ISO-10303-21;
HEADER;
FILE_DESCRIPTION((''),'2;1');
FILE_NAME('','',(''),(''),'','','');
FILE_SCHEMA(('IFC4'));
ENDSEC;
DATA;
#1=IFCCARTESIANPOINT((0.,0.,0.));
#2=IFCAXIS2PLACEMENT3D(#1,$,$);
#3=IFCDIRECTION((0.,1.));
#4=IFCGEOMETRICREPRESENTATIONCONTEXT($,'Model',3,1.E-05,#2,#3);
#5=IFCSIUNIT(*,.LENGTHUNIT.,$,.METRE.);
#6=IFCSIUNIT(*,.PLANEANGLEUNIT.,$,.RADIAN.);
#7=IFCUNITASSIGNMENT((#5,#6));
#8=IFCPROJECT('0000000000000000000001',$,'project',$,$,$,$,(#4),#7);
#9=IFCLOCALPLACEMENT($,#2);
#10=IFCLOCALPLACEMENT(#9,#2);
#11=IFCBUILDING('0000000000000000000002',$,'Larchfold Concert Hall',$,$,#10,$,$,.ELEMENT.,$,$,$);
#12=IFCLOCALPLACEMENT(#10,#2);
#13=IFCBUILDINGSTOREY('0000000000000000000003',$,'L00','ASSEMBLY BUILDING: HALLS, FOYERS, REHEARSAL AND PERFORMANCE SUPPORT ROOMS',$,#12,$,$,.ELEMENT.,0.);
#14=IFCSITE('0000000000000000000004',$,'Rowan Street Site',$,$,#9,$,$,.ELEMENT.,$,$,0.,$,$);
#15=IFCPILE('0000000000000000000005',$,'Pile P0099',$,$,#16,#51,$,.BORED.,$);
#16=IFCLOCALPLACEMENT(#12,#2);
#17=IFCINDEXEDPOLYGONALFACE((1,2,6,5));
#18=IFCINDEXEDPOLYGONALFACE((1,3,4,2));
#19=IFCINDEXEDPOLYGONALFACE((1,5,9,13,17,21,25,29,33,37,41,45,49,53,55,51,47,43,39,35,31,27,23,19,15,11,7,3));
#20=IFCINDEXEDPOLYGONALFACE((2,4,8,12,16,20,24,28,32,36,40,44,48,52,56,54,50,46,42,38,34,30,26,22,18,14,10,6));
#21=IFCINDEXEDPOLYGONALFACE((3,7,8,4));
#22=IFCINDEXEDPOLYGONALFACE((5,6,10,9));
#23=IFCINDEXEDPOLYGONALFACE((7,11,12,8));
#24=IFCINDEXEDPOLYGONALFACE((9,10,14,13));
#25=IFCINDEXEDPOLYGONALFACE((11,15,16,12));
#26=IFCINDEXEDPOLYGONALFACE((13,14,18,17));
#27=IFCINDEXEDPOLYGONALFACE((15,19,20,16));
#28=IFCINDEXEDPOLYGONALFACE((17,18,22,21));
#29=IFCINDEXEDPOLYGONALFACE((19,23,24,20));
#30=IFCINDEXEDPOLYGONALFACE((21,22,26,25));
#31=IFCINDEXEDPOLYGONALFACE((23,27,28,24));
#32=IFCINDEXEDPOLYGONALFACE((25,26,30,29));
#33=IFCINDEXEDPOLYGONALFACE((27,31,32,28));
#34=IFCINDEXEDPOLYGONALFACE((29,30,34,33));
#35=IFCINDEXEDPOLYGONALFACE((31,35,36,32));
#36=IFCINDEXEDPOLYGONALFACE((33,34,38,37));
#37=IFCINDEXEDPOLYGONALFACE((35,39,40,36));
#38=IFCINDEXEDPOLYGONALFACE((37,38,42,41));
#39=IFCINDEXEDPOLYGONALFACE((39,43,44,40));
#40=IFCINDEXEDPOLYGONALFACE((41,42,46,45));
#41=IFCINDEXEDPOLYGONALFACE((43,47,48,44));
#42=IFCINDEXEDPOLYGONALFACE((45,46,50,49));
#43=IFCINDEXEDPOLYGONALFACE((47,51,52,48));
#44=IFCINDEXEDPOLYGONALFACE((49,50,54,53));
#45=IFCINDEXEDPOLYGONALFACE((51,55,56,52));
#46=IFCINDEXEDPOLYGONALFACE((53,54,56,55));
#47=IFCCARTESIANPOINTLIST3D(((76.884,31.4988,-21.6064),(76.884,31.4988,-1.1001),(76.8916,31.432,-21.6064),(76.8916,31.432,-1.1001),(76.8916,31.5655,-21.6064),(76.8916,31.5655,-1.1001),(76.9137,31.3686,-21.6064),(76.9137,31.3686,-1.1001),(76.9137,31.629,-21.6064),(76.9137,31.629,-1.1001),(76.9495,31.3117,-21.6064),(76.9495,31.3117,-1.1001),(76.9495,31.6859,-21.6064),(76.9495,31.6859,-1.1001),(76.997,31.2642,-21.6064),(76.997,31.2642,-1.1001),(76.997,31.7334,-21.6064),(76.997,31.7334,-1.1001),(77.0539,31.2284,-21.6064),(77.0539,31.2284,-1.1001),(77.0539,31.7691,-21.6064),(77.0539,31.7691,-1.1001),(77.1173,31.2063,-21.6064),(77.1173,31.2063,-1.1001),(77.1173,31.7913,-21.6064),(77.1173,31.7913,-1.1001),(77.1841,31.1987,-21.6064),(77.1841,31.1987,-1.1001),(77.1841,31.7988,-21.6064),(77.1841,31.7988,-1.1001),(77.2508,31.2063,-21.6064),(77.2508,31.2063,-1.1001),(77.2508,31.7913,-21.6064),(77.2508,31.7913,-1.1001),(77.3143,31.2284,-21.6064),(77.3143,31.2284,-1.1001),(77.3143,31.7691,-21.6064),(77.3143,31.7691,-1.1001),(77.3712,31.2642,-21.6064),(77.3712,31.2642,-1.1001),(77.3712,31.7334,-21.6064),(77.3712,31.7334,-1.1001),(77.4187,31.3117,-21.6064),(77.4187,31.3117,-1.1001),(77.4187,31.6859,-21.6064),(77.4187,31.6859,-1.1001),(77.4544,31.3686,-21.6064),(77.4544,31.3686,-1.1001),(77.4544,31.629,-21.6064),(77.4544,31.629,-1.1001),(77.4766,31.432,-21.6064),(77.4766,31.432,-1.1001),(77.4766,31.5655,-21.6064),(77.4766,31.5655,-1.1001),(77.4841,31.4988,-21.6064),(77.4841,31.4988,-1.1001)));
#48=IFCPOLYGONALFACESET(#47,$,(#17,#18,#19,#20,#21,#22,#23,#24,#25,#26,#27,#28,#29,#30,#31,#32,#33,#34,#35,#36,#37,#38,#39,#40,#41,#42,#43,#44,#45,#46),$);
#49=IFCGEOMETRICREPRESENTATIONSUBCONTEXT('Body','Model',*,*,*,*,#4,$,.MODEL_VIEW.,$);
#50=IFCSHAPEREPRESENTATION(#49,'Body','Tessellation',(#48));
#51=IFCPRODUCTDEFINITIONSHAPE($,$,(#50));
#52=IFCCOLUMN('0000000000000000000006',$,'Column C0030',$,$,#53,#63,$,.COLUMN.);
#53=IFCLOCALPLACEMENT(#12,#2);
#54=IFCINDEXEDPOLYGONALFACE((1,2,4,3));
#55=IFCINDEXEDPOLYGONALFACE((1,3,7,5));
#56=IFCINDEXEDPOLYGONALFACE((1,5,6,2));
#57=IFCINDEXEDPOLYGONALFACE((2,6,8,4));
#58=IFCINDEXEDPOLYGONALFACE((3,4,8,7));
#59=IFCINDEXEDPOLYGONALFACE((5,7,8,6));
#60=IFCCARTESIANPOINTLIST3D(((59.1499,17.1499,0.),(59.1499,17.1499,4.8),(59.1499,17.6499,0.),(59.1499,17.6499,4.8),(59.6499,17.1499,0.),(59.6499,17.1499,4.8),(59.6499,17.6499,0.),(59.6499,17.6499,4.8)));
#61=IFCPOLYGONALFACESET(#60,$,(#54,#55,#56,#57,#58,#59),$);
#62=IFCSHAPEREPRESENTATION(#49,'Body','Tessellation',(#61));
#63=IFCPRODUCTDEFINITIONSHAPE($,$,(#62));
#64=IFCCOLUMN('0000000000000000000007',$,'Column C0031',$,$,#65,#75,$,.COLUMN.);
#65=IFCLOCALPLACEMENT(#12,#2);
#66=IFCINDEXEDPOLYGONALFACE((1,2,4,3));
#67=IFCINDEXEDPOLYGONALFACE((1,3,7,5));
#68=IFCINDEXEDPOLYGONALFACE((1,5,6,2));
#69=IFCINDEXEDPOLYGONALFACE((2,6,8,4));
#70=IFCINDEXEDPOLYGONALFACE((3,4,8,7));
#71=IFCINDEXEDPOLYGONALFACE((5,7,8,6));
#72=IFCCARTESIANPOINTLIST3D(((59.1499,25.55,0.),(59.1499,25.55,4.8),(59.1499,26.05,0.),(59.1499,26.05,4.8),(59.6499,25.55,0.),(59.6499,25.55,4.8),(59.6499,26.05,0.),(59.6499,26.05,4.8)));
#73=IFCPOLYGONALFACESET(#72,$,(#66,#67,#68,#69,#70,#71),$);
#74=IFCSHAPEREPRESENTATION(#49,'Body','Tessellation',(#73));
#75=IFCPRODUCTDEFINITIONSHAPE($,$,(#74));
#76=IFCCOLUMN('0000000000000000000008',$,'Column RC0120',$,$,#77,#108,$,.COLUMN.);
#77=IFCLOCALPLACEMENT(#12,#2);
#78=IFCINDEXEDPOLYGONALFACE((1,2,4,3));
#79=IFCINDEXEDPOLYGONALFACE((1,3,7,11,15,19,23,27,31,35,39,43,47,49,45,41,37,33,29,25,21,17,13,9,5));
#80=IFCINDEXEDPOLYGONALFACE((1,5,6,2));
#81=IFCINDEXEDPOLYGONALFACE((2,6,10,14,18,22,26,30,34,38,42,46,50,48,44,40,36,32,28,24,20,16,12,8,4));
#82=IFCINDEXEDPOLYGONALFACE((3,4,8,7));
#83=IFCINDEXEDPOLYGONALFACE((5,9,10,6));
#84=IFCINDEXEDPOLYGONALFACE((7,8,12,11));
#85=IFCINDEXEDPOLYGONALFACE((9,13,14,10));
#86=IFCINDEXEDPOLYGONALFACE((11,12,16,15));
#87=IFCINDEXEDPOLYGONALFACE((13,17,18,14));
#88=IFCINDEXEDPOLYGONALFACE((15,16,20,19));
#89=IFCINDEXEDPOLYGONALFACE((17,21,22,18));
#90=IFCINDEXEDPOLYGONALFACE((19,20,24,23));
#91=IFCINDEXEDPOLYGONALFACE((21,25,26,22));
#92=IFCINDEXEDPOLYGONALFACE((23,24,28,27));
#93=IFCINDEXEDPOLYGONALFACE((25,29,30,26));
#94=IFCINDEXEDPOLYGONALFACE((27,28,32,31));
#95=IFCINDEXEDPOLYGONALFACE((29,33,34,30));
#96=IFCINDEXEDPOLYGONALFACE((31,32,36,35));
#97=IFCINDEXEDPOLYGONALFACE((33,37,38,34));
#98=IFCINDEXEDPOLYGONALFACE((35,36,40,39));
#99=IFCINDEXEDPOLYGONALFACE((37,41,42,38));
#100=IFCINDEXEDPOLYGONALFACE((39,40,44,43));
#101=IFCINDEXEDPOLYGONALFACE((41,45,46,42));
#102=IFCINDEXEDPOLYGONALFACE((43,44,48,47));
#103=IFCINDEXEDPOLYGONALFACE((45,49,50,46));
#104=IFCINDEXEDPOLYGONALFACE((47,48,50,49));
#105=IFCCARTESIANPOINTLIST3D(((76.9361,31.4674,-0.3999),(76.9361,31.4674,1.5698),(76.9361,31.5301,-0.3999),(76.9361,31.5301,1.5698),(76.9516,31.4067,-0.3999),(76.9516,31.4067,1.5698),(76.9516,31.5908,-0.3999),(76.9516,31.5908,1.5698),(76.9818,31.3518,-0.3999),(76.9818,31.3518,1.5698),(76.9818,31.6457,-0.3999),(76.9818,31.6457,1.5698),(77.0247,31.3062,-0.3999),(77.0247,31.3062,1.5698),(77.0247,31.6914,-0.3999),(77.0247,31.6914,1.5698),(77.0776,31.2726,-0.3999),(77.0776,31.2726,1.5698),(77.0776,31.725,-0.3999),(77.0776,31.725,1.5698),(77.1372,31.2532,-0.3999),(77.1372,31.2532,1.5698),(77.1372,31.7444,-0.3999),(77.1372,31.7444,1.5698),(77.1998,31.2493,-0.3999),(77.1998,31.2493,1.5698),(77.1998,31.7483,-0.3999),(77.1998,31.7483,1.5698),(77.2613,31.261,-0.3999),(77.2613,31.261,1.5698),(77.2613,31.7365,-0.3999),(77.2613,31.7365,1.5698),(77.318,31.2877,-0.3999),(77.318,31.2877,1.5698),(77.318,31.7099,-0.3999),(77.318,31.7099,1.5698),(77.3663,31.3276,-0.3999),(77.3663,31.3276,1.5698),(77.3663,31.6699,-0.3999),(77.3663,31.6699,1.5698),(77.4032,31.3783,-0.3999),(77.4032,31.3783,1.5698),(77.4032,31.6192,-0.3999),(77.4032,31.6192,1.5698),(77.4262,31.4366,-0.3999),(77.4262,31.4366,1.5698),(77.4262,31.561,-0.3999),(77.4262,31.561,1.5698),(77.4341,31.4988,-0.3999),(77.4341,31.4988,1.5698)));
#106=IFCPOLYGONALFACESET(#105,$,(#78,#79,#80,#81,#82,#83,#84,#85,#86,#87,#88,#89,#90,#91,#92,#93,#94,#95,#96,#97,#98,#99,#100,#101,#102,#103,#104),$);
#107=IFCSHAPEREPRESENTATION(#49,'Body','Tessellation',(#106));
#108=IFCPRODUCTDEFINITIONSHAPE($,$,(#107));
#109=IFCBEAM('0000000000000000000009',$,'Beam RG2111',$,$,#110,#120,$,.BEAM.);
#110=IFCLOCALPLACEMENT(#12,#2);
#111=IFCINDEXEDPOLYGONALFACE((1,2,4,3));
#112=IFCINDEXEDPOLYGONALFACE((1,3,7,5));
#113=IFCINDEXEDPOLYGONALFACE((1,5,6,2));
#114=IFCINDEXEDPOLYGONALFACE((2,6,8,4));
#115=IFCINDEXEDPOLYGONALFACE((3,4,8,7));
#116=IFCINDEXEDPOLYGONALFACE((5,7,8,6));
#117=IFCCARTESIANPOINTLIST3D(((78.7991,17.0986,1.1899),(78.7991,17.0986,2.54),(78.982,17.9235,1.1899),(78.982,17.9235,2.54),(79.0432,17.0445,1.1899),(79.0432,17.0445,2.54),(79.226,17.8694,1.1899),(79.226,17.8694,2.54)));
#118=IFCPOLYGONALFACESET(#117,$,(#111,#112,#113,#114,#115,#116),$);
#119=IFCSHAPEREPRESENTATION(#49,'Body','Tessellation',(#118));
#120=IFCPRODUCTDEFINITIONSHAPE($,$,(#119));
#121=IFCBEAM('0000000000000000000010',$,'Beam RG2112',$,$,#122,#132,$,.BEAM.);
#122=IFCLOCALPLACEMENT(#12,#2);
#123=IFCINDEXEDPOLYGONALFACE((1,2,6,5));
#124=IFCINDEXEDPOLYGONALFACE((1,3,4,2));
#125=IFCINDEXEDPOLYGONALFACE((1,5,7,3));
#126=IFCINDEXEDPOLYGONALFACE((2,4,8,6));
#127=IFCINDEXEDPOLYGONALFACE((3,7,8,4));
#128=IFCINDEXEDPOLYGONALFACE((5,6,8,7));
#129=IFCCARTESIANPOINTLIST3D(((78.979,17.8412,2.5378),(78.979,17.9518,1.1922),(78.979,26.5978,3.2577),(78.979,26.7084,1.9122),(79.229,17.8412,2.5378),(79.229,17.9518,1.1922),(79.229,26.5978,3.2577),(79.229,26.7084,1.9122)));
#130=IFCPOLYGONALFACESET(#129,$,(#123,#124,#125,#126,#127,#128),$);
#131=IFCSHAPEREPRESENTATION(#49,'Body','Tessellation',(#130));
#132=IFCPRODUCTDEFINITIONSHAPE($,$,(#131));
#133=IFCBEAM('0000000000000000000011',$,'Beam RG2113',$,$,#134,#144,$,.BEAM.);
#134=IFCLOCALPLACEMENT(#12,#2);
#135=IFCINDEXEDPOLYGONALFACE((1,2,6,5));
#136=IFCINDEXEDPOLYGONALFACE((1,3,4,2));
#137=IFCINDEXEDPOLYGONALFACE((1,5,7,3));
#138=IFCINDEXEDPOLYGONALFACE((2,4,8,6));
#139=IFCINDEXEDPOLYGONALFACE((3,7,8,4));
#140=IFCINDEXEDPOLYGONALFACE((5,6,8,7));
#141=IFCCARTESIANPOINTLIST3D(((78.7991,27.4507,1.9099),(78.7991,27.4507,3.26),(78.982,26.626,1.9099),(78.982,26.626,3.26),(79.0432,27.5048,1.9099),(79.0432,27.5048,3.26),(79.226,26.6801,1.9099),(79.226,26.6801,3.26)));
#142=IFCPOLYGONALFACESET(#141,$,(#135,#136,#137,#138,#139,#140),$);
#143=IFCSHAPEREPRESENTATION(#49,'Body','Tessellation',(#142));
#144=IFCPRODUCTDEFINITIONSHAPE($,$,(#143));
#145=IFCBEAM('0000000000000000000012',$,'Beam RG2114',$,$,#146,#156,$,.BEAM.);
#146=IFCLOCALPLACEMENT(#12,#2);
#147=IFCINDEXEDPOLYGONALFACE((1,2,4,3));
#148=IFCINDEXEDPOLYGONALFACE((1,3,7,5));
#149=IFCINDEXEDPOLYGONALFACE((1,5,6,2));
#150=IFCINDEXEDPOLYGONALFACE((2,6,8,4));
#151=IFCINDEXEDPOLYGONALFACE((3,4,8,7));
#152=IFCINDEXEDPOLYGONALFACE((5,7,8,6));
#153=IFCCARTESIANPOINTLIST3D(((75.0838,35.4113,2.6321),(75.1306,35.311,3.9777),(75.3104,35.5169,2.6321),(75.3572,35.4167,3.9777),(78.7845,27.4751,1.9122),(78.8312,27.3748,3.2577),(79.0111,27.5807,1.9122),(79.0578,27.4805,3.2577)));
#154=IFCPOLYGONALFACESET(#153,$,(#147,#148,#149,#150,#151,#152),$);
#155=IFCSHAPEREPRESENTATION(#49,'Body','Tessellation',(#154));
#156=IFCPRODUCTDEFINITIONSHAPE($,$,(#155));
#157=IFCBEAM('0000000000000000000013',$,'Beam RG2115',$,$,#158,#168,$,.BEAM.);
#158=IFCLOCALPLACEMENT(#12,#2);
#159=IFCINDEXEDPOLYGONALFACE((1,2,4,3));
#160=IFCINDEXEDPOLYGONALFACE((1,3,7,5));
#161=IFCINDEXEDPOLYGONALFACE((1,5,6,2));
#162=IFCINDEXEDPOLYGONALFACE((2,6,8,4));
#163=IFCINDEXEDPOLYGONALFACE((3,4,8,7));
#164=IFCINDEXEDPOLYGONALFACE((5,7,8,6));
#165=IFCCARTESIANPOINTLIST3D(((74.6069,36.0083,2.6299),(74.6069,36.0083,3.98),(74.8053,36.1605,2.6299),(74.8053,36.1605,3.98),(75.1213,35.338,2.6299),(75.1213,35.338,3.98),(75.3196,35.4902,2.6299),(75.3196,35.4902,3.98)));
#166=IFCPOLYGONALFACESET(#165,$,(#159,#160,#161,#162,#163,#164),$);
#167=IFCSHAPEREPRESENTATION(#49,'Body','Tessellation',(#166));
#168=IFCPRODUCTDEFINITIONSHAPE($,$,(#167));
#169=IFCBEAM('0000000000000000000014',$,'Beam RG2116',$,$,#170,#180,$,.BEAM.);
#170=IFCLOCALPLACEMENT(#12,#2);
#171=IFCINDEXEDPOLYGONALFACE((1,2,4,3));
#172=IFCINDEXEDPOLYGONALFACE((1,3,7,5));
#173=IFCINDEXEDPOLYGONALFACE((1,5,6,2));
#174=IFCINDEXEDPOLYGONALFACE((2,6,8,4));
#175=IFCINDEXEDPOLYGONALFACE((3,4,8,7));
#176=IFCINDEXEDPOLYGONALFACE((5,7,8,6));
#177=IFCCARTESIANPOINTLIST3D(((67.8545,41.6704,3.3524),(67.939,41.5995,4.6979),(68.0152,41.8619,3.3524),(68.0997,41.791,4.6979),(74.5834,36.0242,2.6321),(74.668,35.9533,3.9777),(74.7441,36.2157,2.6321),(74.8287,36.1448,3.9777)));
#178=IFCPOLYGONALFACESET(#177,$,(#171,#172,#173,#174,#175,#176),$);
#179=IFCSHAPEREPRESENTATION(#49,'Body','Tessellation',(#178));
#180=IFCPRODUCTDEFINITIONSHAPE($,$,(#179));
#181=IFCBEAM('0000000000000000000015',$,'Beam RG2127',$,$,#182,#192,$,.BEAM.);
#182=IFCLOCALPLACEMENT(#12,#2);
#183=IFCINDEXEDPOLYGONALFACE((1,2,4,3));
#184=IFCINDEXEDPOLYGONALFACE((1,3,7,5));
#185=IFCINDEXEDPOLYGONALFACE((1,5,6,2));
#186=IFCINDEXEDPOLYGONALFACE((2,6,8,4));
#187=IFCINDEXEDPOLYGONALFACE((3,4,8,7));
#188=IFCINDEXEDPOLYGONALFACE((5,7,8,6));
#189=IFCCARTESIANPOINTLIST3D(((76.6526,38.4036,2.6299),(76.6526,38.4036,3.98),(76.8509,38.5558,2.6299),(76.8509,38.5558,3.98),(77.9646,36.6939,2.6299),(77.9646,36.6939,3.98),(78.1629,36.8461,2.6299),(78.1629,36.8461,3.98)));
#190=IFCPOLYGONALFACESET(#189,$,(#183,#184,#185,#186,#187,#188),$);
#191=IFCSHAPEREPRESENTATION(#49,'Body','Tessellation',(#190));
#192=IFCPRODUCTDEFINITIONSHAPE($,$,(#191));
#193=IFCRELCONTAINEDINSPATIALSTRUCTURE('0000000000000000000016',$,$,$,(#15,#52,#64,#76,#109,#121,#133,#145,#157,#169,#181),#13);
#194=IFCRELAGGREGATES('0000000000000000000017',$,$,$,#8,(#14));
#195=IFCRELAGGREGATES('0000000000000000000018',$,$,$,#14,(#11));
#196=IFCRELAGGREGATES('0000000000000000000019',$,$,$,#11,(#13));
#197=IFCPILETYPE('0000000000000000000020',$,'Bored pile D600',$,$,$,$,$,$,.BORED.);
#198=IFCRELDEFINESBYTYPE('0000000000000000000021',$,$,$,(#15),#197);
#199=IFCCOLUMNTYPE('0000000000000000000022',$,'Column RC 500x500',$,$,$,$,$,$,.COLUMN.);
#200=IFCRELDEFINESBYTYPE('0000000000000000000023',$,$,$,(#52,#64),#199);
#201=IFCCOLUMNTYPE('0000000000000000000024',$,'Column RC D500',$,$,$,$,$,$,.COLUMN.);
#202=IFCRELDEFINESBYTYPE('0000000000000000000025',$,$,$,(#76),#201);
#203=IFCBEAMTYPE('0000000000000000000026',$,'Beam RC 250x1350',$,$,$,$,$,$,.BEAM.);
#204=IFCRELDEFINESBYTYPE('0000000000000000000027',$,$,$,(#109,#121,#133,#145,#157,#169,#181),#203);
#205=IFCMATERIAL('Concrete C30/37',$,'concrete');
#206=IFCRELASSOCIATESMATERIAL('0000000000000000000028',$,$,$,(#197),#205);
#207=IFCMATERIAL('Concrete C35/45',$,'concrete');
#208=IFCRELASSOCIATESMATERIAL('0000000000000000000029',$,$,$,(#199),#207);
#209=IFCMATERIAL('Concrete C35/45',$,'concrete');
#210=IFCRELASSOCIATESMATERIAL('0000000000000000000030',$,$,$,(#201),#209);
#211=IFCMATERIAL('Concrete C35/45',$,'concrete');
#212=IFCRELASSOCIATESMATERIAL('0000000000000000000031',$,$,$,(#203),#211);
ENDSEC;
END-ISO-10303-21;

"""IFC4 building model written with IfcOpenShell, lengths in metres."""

from ifc_helpers import new_model, si_unit, direction, frame, origin, origin_2d, place, context, subcontext, project, spatial, rectangle, circle, extrude, material, material_profile, profile_set, type_object, element, save


model = new_model("IFC4")

# Units and contexts
model_context = context("Model", 3, precision=1e-05, world=origin(), true_north=direction((0.0, 1.0)))
body_context = subcontext(model_context, "Body", "Model", "MODEL_VIEW")
ifc_project = project(units=[si_unit("LENGTHUNIT", "METRE"), si_unit("PLANEANGLEUNIT", "RADIAN")], contexts=[model_context])

# Site, building, storey
site_placement = place(None, origin())
site = spatial("IfcSite", under=ifc_project, at=site_placement, Name="Rowan Street Site", CompositionType="ELEMENT", RefElevation=0.0)
building_placement = place(site_placement, origin())
building = spatial("IfcBuilding", under=site, at=building_placement, Name="Larchfold Concert Hall", CompositionType="ELEMENT")
storey_placement = place(building_placement, origin())
storey = spatial("IfcBuildingStorey", under=building, at=storey_placement, Name="L00", Description="ASSEMBLY BUILDING: HALLS, FOYERS, REHEARSAL AND PERFORMANCE SUPPORT ROOMS", CompositionType="ELEMENT", Elevation=0.0)

# Pile
ifc_material_1 = material(Name="Concrete C30/37", Category="concrete")
ifc_material_profile_1 = material_profile(ifc_material_1, circle(Radius=0.3, at=origin_2d()))
ifc_profile_set_1 = profile_set([ifc_material_profile_1], Name="Concrete C30/37")
pile_type = type_object("IfcPileType", Name="Bored pile D600", PredefinedType="BORED", material=ifc_profile_set_1)
pile_placement = place(storey_placement, frame((77.1841, 31.4988, -1.1001), z_axis=(0.0, 0.0, -1.0), x_axis=(1.0, 0.0, 0.0)))
element("IfcPile", 1, at=pile_placement, inside=storey, type_object=pile_type, Name="Pile P0099", PredefinedType="BORED", context=body_context, shape_type="SweptSolid", body=[
    extrude(circle(Radius=0.3, at=origin_2d()), origin(), (0.0, 0.0, 1.0), 20.5063),
])

# Columns
ifc_material_2 = material(Name="Concrete C35/45", Category="concrete")
ifc_material_profile_2 = material_profile(ifc_material_2, rectangle(XDim=0.5, YDim=0.5, at=origin_2d()))
ifc_profile_set_2 = profile_set([ifc_material_profile_2], Name="Concrete C35/45")
column_type_1 = type_object("IfcColumnType", Name="Column RC 500x500", PredefinedType="COLUMN", material=ifc_profile_set_2)
for number, where, z_axis, x_axis, name in (
    (2, (59.3999, 17.3999, 0.0), (0.0, 0.0, 1.0), (1.0, 0.0, 0.0), "Column C0030"),
    (3, (59.3999, 25.8, 0.0), (0.0, 0.0, 1.0), (1.0, 0.0, 0.0), "Column C0031"),
):
    element("IfcColumn", number, at=place(storey_placement, frame(where, z_axis=z_axis, x_axis=x_axis)), inside=storey, type_object=column_type_1, Name=name, PredefinedType="COLUMN", context=body_context, shape_type="SweptSolid", body=[
        extrude(rectangle(XDim=0.5, YDim=0.5, at=origin_2d()), origin(), (0.0, 0.0, 1.0), 4.8),
    ])
ifc_material_3 = material(Name="Concrete C35/45", Category="concrete")
ifc_material_profile_3 = material_profile(ifc_material_3, circle(Radius=0.25, at=origin_2d()))
ifc_profile_set_3 = profile_set([ifc_material_profile_3], Name="Concrete C35/45")
column_type_2 = type_object("IfcColumnType", Name="Column RC D500", PredefinedType="COLUMN", material=ifc_profile_set_3)
column_placement = place(storey_placement, frame((77.1841, 31.4988, -0.3999), z_axis=(0.0, 0.0, 1.0), x_axis=(1.0, 0.0, 0.0)))
element("IfcColumn", 4, at=column_placement, inside=storey, type_object=column_type_2, Name="Column RC0120", PredefinedType="COLUMN", context=body_context, shape_type="SweptSolid", body=[
    extrude(circle(Radius=0.25, at=origin_2d()), origin(), (0.0, 0.0, 1.0), 1.9697),
])

# Beams
ifc_material_4 = material(Name="Concrete C35/45", Category="concrete")
ifc_material_profile_4 = material_profile(ifc_material_4, rectangle(XDim=0.25, YDim=1.3501, at=origin_2d()))
ifc_profile_set_4 = profile_set([ifc_material_profile_4], Name="Concrete C35/45")
beam_type_1 = type_object("IfcBeamType", Name="Beam RC 250x1350", PredefinedType="BEAM", material=ifc_profile_set_4)
beam_1_placement = place(storey_placement, frame((78.9211, 17.0715, 1.865), z_axis=(0.21641, 0.976302, 0.0), x_axis=(-0.976302, 0.21641, 0.0)))
element("IfcBeam", 5, at=beam_1_placement, inside=storey, type_object=beam_type_1, Name="Beam RG2111", PredefinedType="BEAM", context=body_context, shape_type="SweptSolid", body=[
    extrude(rectangle(XDim=0.25, YDim=1.3501, at=origin_2d()), origin(), (0.0, 0.0, 1.0), 0.845),
])
beam_2_placement = place(storey_placement, frame((79.104, 17.8965, 1.865), z_axis=(0.0, 0.996637, 0.081944), x_axis=(-1.0, 0.0, 0.0)))
element("IfcBeam", 6, at=beam_2_placement, inside=storey, type_object=beam_type_1, Name="Beam RG2112", PredefinedType="BEAM", context=body_context, shape_type="SweptSolid", body=[
    extrude(rectangle(XDim=0.25, YDim=1.3501, at=origin_2d()), origin(), (0.0, 0.0, 1.0), 8.7861),
])
beam_3_placement = place(storey_placement, frame((79.104, 26.6531, 2.585), z_axis=(-0.216471, 0.976289, 0.0), x_axis=(-0.976289, -0.216471, 0.0)))
element("IfcBeam", 7, at=beam_3_placement, inside=storey, type_object=beam_type_1, Name="Beam RG2113", PredefinedType="BEAM", context=body_context, shape_type="SweptSolid", body=[
    extrude(rectangle(XDim=0.25, YDim=1.3501, at=origin_2d()), origin(), (0.0, 0.0, 1.0), 0.8447),
])
beam_4_placement = place(storey_placement, frame((78.9211, 27.4778, 2.585), z_axis=(-0.421191, 0.903263, 0.081943), x_axis=(-0.906311, -0.422612, 0.0)))
element("IfcBeam", 8, at=beam_4_placement, inside=storey, type_object=beam_type_1, Name="Beam RG2114", PredefinedType="BEAM", context=body_context, shape_type="SweptSolid", body=[
    extrude(rectangle(XDim=0.25, YDim=1.3501, at=origin_2d()), origin(), (0.0, 0.0, 1.0), 8.7861),
])
beam_5_placement = place(storey_placement, frame((75.2205, 35.4141, 3.3049), z_axis=(-0.608747, 0.793364, 0.0), x_axis=(-0.793364, -0.608747, 0.0)))
element("IfcBeam", 9, at=beam_5_placement, inside=storey, type_object=beam_type_1, Name="Beam RG2115", PredefinedType="BEAM", context=body_context, shape_type="SweptSolid", body=[
    extrude(rectangle(XDim=0.25, YDim=1.3501, at=origin_2d()), origin(), (0.0, 0.0, 1.0), 0.845),
])
beam_6_placement = place(storey_placement, frame((74.7061, 36.0845, 3.3049), z_axis=(-0.763486, 0.640634, 0.081717), x_axis=(-0.642783, -0.766048, 0.0)))
element("IfcBeam", 10, at=beam_6_placement, inside=storey, type_object=beam_type_1, Name="Beam RG2116", PredefinedType="BEAM", context=body_context, shape_type="SweptSolid", body=[
    extrude(rectangle(XDim=0.25, YDim=1.3501, at=origin_2d()), origin(), (0.0, 0.0, 1.0), 8.8135),
])
beam_7_placement = place(storey_placement, frame((78.0637, 36.77, 3.3049), z_axis=(-0.608791, 0.793331, 0.0), x_axis=(-0.793331, -0.608791, 0.0)))
element("IfcBeam", 11, at=beam_7_placement, inside=storey, type_object=beam_type_1, Name="Beam RG2127", PredefinedType="BEAM", context=body_context, shape_type="SweptSolid", body=[
    extrude(rectangle(XDim=0.25, YDim=1.3501, at=origin_2d()), origin(), (0.0, 0.0, 1.0), 2.155),
])

save(model, "model.ifc")
